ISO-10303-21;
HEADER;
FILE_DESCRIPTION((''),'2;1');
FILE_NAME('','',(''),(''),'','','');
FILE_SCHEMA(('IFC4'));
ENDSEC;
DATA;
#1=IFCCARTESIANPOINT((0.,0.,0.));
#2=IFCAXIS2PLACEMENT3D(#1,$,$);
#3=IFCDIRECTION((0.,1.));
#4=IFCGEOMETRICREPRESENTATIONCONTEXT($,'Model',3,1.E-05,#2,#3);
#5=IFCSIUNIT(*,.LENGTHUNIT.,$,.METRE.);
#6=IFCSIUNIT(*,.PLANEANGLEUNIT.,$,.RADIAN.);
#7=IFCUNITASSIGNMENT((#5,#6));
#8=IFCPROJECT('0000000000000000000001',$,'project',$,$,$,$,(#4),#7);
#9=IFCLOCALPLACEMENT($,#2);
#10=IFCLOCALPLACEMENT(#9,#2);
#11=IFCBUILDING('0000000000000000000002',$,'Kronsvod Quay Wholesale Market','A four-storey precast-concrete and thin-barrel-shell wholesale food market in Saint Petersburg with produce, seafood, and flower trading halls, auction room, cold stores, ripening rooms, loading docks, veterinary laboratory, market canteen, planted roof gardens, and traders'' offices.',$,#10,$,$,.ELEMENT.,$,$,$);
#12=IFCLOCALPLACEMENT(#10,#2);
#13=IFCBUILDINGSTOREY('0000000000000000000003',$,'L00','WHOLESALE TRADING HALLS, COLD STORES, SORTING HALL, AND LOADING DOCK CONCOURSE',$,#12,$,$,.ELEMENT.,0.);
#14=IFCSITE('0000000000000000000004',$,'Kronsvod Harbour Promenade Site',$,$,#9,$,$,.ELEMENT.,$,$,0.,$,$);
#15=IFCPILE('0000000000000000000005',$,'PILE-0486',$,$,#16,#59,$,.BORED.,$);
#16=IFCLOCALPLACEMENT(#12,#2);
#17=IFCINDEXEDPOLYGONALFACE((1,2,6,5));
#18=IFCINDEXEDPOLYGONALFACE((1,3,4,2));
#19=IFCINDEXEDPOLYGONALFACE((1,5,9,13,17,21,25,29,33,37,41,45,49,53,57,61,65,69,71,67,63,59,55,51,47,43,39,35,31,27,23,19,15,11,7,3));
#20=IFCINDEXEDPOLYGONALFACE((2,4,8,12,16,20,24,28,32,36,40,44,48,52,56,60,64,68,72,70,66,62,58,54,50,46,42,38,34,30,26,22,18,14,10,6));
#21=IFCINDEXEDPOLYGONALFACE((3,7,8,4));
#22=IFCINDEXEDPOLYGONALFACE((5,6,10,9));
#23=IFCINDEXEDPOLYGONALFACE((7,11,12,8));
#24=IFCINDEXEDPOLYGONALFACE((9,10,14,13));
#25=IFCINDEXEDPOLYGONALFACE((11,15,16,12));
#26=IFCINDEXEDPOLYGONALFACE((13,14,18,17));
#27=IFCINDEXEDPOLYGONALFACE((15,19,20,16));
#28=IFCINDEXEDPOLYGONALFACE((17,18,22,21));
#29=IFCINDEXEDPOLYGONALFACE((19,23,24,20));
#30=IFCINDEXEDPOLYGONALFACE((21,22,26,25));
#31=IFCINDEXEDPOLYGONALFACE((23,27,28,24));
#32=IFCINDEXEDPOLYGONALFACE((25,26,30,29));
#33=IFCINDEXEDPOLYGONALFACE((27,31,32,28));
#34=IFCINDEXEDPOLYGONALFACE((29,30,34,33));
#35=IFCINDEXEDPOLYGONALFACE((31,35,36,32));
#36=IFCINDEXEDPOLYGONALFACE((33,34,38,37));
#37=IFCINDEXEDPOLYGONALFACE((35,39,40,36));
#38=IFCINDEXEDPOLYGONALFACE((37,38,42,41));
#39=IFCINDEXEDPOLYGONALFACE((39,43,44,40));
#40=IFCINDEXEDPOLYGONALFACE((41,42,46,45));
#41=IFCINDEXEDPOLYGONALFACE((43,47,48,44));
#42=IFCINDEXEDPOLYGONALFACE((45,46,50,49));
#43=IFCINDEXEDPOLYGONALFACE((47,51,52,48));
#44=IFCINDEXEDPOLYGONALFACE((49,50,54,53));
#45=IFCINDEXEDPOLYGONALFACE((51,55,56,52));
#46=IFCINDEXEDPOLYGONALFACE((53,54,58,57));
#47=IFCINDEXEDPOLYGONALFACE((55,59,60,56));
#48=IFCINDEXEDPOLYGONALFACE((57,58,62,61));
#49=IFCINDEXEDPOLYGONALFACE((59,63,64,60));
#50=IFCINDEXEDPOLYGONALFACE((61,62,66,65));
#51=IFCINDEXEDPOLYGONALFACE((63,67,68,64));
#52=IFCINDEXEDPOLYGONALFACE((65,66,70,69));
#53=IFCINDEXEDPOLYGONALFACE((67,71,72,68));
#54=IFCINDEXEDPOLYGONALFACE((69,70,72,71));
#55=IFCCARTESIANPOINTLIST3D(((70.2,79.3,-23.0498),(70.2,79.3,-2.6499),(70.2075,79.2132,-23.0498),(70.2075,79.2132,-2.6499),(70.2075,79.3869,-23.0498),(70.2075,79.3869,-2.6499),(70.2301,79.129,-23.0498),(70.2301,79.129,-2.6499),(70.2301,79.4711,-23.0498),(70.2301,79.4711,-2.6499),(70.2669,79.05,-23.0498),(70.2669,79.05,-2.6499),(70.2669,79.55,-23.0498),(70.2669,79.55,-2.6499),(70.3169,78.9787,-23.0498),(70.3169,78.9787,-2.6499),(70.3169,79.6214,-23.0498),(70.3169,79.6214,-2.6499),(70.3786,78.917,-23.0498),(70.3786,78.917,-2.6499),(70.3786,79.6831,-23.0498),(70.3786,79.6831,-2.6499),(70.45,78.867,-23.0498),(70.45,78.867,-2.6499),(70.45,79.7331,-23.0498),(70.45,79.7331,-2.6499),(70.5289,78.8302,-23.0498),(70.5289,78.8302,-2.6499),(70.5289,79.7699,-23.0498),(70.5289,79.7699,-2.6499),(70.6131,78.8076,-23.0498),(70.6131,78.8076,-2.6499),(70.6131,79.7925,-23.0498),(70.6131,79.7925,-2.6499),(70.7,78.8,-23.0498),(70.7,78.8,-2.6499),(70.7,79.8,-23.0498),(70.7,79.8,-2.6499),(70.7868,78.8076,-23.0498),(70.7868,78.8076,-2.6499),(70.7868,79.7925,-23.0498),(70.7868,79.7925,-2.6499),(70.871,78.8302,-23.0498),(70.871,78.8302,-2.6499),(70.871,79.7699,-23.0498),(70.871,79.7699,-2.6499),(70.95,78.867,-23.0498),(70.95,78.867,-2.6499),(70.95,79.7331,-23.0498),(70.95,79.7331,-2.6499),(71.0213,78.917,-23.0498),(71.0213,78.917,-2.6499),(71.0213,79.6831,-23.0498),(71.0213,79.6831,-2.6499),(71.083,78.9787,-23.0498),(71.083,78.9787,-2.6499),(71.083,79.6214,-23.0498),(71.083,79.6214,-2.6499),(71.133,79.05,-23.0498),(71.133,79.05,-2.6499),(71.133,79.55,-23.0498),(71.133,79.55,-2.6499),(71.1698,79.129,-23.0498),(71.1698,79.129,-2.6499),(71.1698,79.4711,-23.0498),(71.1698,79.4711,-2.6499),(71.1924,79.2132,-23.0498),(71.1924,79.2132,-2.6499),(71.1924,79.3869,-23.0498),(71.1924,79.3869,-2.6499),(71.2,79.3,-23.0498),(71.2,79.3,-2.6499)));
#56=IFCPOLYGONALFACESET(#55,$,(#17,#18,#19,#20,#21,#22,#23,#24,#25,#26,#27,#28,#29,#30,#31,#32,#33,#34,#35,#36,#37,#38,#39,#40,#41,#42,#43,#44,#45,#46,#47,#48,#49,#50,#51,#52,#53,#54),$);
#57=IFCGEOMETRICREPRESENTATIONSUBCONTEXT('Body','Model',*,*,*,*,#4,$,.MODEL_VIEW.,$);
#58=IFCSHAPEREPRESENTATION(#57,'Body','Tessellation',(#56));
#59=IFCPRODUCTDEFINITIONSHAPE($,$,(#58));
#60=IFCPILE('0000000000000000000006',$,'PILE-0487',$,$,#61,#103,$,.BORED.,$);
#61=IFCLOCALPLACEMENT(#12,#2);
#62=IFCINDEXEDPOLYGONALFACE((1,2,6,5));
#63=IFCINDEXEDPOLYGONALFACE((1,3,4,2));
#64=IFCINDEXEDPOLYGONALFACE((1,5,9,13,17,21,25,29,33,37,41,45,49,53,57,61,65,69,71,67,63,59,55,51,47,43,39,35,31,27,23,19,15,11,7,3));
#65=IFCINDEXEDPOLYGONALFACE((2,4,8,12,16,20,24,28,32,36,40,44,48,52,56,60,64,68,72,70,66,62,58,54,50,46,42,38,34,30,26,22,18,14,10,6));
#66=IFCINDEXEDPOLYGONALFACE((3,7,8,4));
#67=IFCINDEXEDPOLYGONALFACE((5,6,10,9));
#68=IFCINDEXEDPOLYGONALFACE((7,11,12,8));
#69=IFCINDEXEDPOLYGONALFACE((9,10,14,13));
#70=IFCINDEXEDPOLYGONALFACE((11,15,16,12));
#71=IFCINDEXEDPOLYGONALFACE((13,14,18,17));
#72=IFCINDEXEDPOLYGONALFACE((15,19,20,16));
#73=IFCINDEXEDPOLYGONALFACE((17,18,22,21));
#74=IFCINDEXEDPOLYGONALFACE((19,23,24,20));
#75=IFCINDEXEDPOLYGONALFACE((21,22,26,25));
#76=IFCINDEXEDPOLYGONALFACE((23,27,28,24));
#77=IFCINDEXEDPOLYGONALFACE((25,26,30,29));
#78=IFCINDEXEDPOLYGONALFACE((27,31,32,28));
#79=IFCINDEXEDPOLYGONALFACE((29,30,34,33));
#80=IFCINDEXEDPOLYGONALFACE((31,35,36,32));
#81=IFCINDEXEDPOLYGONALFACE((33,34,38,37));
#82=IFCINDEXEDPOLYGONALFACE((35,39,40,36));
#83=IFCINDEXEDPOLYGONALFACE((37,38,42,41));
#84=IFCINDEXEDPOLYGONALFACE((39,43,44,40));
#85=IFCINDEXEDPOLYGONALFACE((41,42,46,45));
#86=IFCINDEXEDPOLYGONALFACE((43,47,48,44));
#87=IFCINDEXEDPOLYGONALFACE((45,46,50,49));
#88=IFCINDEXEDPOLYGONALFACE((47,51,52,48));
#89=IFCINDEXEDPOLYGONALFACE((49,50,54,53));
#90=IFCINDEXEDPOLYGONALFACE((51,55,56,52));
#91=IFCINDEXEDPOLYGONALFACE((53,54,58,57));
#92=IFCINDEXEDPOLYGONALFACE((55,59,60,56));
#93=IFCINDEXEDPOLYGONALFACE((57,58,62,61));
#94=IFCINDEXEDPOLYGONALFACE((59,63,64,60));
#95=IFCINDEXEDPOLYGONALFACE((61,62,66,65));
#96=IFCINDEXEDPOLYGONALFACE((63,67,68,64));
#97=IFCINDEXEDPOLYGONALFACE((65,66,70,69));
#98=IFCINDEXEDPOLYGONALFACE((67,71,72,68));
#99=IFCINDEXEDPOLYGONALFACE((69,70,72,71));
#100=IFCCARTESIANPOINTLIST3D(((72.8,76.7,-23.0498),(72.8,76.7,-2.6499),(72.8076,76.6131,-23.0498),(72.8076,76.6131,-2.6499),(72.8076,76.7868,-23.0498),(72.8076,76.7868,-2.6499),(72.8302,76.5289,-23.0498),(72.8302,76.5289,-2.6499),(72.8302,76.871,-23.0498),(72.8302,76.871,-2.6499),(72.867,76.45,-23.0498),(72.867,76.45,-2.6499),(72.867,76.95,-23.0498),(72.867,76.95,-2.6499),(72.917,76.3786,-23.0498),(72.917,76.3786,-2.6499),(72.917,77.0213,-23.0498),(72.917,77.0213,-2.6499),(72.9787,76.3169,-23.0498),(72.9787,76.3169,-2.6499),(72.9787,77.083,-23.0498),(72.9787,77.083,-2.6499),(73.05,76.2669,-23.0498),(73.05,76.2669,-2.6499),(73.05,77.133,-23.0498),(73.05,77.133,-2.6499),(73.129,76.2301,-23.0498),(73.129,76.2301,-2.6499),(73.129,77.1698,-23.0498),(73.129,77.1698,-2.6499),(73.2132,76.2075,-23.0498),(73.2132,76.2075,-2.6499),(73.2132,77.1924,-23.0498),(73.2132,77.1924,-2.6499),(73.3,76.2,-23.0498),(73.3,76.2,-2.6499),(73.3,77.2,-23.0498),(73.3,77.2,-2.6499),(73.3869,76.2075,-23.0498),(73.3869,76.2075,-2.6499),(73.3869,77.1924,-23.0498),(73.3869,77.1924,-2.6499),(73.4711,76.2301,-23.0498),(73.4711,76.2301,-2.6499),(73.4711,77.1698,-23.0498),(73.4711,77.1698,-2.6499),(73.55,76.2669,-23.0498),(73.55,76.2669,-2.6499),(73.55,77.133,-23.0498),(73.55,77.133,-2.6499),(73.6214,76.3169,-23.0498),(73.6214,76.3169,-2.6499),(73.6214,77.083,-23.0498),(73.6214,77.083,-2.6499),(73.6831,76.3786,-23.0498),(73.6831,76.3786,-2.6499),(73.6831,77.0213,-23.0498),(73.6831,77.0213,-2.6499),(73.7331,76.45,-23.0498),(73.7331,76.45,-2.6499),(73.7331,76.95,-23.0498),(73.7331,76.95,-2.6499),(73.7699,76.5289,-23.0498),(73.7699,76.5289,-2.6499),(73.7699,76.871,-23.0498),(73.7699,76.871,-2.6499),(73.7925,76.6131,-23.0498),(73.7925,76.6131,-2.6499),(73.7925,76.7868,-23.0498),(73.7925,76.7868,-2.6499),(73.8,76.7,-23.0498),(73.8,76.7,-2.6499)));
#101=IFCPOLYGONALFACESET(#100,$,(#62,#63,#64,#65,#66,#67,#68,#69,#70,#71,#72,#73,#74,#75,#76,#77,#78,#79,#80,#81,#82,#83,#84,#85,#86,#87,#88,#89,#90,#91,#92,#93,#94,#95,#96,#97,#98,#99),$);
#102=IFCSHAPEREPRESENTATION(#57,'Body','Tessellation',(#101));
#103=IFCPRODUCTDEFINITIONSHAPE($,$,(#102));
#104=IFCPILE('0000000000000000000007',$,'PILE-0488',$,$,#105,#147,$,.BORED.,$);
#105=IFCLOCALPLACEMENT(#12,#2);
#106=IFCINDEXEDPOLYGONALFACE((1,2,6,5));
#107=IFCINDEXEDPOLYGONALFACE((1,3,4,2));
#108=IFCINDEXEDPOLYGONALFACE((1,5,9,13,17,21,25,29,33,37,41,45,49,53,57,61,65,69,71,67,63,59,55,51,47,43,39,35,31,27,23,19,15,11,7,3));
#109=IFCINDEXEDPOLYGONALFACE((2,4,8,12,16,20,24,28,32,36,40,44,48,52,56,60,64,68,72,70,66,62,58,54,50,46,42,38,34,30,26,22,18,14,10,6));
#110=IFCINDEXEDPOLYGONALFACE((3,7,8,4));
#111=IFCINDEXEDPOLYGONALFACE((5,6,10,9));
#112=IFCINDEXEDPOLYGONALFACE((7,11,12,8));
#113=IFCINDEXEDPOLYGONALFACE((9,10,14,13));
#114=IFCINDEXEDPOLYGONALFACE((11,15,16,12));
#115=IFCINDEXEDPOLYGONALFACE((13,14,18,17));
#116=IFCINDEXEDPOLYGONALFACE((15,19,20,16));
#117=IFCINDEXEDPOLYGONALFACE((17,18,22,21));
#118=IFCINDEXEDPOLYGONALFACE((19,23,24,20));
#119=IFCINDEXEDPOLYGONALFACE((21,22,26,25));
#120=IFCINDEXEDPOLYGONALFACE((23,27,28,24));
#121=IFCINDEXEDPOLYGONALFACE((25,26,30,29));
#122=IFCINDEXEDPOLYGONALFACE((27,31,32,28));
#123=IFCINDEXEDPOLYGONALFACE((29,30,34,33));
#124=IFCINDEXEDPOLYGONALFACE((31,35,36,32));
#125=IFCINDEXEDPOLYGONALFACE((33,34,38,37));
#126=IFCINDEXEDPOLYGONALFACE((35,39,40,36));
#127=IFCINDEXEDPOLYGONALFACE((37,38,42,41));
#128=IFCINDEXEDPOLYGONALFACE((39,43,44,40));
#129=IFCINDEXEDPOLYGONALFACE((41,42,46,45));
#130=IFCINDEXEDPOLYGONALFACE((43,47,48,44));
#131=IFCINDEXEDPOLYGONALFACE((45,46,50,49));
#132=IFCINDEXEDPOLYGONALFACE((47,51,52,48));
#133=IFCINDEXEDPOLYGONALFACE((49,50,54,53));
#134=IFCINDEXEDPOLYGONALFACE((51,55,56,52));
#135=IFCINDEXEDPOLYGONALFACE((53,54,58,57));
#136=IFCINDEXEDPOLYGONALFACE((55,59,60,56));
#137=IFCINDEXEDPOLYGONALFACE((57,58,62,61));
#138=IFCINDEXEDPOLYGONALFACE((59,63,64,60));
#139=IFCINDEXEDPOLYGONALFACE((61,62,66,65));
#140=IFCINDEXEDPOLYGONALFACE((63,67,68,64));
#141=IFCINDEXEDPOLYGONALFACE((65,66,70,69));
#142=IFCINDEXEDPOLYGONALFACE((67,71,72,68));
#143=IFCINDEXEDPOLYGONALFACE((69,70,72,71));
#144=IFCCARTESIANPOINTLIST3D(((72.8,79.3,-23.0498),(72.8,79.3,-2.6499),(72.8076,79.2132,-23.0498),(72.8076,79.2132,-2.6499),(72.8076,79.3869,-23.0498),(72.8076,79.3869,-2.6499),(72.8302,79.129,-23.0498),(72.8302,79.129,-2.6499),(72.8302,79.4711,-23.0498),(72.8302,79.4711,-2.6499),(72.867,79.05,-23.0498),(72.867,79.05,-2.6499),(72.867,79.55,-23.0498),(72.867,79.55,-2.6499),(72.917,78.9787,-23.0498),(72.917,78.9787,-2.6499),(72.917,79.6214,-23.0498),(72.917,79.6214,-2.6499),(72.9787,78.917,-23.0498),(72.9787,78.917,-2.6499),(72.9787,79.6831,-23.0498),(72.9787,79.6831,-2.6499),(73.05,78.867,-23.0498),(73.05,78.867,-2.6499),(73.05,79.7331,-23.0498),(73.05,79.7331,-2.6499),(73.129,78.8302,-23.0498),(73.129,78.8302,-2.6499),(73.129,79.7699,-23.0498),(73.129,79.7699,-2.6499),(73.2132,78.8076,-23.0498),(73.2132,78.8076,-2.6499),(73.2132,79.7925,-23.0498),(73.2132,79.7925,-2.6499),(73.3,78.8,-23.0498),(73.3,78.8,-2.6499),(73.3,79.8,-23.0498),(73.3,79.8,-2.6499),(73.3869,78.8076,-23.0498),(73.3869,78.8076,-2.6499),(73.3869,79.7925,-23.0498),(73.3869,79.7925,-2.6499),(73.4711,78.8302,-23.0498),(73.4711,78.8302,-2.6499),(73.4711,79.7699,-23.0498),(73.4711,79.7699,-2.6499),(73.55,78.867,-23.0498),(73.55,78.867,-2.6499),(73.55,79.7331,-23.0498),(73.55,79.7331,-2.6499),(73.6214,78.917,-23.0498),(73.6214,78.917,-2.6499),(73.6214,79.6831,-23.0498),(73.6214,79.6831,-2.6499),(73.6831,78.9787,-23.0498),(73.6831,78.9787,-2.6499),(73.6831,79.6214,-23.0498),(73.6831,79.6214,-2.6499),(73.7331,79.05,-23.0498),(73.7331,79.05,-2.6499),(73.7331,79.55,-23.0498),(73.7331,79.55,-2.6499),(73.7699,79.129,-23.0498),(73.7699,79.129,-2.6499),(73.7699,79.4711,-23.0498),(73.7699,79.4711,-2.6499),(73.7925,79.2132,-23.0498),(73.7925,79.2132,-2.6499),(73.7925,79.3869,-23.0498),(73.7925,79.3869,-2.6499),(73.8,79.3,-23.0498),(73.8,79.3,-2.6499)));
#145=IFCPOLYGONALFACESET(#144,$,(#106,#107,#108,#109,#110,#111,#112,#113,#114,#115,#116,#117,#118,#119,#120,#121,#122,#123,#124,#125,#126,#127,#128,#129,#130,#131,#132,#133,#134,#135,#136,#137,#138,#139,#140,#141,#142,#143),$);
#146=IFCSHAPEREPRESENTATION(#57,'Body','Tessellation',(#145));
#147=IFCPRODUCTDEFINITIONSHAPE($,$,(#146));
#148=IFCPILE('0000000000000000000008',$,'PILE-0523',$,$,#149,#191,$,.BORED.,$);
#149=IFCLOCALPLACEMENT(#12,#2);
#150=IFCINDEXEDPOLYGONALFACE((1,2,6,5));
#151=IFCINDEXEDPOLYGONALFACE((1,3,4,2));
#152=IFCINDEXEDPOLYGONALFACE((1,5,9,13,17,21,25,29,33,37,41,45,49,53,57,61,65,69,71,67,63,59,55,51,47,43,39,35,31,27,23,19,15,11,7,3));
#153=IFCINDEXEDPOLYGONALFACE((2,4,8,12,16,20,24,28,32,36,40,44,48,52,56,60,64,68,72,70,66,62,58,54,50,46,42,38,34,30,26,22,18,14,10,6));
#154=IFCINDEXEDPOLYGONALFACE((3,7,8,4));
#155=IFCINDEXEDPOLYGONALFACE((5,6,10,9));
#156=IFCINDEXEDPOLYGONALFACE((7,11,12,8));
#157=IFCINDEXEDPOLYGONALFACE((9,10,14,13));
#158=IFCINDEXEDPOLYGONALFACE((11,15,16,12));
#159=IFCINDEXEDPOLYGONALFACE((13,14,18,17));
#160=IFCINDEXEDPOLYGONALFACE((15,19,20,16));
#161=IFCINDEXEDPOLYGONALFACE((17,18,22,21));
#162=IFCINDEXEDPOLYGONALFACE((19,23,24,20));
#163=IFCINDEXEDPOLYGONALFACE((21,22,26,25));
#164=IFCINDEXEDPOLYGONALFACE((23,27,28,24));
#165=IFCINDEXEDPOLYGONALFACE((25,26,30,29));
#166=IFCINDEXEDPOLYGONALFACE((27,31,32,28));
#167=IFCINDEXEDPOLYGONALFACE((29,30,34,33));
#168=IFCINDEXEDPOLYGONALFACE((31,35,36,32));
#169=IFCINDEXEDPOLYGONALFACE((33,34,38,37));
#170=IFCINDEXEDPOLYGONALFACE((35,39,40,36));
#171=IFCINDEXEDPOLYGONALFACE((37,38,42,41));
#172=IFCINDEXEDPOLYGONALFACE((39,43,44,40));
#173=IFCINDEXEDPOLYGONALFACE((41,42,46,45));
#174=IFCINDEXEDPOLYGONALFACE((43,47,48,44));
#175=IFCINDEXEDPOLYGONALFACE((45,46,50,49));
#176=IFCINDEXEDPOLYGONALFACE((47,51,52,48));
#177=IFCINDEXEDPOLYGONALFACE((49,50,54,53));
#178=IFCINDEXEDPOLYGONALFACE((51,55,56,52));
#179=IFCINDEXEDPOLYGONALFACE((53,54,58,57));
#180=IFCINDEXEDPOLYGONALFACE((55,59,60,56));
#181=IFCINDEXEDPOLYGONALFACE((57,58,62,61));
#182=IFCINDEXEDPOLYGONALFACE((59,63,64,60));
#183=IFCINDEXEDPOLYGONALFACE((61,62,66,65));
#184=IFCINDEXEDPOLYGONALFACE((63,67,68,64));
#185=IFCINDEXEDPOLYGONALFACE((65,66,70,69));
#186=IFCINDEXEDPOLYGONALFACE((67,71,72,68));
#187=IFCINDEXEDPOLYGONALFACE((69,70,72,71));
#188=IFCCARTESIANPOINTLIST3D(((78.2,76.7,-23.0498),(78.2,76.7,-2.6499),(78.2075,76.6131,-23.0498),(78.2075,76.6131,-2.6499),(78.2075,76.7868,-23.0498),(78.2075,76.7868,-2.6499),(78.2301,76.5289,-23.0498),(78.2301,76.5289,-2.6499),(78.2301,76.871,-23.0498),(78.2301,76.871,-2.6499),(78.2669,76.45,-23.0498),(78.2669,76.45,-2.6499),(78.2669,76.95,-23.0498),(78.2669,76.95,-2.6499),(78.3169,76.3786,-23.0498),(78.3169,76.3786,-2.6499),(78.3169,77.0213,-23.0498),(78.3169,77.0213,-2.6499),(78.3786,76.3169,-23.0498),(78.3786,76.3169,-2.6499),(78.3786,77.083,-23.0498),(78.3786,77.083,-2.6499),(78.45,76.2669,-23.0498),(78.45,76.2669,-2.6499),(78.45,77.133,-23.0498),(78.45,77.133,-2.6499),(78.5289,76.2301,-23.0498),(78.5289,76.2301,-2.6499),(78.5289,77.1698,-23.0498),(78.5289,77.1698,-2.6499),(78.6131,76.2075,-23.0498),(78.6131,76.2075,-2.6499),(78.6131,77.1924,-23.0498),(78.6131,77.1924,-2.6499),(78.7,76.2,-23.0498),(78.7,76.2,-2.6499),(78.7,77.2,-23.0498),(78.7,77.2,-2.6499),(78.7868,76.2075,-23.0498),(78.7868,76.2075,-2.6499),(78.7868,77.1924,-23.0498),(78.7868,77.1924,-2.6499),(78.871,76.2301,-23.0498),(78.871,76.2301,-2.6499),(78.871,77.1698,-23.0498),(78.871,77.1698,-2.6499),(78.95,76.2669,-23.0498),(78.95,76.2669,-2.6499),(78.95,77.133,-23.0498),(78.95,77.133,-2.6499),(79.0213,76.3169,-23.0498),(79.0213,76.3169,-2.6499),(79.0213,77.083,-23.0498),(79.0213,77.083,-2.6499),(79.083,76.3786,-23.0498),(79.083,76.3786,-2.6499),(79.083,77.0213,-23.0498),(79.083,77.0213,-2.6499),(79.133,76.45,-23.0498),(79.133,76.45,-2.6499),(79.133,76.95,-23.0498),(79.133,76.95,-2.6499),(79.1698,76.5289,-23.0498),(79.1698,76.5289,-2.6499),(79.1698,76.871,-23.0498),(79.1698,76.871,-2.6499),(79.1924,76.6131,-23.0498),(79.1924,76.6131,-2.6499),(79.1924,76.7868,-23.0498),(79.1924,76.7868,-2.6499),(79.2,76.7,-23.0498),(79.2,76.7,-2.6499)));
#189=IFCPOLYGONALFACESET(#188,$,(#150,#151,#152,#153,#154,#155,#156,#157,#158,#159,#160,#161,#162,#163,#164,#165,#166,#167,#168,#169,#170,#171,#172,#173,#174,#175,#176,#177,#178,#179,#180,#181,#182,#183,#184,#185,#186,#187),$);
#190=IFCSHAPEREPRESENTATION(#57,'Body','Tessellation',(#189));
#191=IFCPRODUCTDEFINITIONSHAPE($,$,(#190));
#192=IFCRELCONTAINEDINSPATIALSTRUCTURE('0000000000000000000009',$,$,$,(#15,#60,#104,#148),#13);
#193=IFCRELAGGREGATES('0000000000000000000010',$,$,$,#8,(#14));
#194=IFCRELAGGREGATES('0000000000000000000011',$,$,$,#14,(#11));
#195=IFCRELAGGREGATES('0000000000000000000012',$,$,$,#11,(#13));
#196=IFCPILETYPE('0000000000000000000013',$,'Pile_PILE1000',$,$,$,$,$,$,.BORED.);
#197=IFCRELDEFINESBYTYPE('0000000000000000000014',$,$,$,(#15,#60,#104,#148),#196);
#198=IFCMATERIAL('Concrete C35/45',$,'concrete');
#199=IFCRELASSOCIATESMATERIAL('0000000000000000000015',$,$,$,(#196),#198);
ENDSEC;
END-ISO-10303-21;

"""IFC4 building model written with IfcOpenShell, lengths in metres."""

from ifc_helpers import new_model, si_unit, direction, frame, origin, origin_2d, place, context, subcontext, project, spatial, circle, extrude, material, material_profile, profile_set, type_object, element, save


model = new_model("IFC4")

# Units and contexts
model_context = context("Model", 3, precision=1e-05, world=origin(), true_north=direction((0.0, 1.0)))
body_context = subcontext(model_context, "Body", "Model", "MODEL_VIEW")
ifc_project = project(units=[si_unit("LENGTHUNIT", "METRE"), si_unit("PLANEANGLEUNIT", "RADIAN")], contexts=[model_context])

# Site, building, storey
site_placement = place(None, origin())
site = spatial("IfcSite", under=ifc_project, at=site_placement, Name="Kronsvod Harbour Promenade Site", CompositionType="ELEMENT", RefElevation=0.0)
building_placement = place(site_placement, origin())
building = spatial("IfcBuilding", under=site, at=building_placement, Name="Kronsvod Quay Wholesale Market", Description="A four-storey precast-concrete and thin-barrel-shell wholesale food market in Saint Petersburg with produce, seafood, and flower trading halls, auction room, cold stores, ripening rooms, loading docks, veterinary laboratory, market canteen, planted roof gardens, and traders' offices.", CompositionType="ELEMENT")
storey_placement = place(building_placement, origin())
storey = spatial("IfcBuildingStorey", under=building, at=storey_placement, Name="L00", Description="WHOLESALE TRADING HALLS, COLD STORES, SORTING HALL, AND LOADING DOCK CONCOURSE", CompositionType="ELEMENT", Elevation=0.0)

# Piles
ifc_material_1 = material(Name="Concrete C35/45", Category="concrete")
ifc_material_profile_1 = material_profile(ifc_material_1, circle(Radius=0.5, at=origin_2d()), Name="PILE1000")
ifc_profile_set_1 = profile_set([ifc_material_profile_1], Name="Concrete C35/45")
pile_type_1 = type_object("IfcPileType", Name="Pile_PILE1000", PredefinedType="BORED", material=ifc_profile_set_1)
for number, where, z_axis, x_axis, name in (
    (1, (70.7, 79.3, -2.6499), (0.0, 0.0, -1.0), (1.0, 0.0, 0.0), "PILE-0486"),
    (2, (73.3, 76.7, -2.6499), (0.0, 0.0, -1.0), (1.0, 0.0, 0.0), "PILE-0487"),
    (3, (73.3, 79.3, -2.6499), (0.0, 0.0, -1.0), (1.0, 0.0, 0.0), "PILE-0488"),
    (4, (78.7, 76.7, -2.6499), (0.0, 0.0, -1.0), (1.0, 0.0, 0.0), "PILE-0523"),
):
    element("IfcPile", number, at=place(storey_placement, frame(where, z_axis=z_axis, x_axis=x_axis)), inside=storey, type_object=pile_type_1, Name=name, PredefinedType="BORED", context=body_context, shape_type="SweptSolid", body=[
        extrude(circle(Radius=0.5, at=origin_2d()), origin(), (0.0, 0.0, 1.0), 20.3999),
    ])

save(model, "model.ifc")
